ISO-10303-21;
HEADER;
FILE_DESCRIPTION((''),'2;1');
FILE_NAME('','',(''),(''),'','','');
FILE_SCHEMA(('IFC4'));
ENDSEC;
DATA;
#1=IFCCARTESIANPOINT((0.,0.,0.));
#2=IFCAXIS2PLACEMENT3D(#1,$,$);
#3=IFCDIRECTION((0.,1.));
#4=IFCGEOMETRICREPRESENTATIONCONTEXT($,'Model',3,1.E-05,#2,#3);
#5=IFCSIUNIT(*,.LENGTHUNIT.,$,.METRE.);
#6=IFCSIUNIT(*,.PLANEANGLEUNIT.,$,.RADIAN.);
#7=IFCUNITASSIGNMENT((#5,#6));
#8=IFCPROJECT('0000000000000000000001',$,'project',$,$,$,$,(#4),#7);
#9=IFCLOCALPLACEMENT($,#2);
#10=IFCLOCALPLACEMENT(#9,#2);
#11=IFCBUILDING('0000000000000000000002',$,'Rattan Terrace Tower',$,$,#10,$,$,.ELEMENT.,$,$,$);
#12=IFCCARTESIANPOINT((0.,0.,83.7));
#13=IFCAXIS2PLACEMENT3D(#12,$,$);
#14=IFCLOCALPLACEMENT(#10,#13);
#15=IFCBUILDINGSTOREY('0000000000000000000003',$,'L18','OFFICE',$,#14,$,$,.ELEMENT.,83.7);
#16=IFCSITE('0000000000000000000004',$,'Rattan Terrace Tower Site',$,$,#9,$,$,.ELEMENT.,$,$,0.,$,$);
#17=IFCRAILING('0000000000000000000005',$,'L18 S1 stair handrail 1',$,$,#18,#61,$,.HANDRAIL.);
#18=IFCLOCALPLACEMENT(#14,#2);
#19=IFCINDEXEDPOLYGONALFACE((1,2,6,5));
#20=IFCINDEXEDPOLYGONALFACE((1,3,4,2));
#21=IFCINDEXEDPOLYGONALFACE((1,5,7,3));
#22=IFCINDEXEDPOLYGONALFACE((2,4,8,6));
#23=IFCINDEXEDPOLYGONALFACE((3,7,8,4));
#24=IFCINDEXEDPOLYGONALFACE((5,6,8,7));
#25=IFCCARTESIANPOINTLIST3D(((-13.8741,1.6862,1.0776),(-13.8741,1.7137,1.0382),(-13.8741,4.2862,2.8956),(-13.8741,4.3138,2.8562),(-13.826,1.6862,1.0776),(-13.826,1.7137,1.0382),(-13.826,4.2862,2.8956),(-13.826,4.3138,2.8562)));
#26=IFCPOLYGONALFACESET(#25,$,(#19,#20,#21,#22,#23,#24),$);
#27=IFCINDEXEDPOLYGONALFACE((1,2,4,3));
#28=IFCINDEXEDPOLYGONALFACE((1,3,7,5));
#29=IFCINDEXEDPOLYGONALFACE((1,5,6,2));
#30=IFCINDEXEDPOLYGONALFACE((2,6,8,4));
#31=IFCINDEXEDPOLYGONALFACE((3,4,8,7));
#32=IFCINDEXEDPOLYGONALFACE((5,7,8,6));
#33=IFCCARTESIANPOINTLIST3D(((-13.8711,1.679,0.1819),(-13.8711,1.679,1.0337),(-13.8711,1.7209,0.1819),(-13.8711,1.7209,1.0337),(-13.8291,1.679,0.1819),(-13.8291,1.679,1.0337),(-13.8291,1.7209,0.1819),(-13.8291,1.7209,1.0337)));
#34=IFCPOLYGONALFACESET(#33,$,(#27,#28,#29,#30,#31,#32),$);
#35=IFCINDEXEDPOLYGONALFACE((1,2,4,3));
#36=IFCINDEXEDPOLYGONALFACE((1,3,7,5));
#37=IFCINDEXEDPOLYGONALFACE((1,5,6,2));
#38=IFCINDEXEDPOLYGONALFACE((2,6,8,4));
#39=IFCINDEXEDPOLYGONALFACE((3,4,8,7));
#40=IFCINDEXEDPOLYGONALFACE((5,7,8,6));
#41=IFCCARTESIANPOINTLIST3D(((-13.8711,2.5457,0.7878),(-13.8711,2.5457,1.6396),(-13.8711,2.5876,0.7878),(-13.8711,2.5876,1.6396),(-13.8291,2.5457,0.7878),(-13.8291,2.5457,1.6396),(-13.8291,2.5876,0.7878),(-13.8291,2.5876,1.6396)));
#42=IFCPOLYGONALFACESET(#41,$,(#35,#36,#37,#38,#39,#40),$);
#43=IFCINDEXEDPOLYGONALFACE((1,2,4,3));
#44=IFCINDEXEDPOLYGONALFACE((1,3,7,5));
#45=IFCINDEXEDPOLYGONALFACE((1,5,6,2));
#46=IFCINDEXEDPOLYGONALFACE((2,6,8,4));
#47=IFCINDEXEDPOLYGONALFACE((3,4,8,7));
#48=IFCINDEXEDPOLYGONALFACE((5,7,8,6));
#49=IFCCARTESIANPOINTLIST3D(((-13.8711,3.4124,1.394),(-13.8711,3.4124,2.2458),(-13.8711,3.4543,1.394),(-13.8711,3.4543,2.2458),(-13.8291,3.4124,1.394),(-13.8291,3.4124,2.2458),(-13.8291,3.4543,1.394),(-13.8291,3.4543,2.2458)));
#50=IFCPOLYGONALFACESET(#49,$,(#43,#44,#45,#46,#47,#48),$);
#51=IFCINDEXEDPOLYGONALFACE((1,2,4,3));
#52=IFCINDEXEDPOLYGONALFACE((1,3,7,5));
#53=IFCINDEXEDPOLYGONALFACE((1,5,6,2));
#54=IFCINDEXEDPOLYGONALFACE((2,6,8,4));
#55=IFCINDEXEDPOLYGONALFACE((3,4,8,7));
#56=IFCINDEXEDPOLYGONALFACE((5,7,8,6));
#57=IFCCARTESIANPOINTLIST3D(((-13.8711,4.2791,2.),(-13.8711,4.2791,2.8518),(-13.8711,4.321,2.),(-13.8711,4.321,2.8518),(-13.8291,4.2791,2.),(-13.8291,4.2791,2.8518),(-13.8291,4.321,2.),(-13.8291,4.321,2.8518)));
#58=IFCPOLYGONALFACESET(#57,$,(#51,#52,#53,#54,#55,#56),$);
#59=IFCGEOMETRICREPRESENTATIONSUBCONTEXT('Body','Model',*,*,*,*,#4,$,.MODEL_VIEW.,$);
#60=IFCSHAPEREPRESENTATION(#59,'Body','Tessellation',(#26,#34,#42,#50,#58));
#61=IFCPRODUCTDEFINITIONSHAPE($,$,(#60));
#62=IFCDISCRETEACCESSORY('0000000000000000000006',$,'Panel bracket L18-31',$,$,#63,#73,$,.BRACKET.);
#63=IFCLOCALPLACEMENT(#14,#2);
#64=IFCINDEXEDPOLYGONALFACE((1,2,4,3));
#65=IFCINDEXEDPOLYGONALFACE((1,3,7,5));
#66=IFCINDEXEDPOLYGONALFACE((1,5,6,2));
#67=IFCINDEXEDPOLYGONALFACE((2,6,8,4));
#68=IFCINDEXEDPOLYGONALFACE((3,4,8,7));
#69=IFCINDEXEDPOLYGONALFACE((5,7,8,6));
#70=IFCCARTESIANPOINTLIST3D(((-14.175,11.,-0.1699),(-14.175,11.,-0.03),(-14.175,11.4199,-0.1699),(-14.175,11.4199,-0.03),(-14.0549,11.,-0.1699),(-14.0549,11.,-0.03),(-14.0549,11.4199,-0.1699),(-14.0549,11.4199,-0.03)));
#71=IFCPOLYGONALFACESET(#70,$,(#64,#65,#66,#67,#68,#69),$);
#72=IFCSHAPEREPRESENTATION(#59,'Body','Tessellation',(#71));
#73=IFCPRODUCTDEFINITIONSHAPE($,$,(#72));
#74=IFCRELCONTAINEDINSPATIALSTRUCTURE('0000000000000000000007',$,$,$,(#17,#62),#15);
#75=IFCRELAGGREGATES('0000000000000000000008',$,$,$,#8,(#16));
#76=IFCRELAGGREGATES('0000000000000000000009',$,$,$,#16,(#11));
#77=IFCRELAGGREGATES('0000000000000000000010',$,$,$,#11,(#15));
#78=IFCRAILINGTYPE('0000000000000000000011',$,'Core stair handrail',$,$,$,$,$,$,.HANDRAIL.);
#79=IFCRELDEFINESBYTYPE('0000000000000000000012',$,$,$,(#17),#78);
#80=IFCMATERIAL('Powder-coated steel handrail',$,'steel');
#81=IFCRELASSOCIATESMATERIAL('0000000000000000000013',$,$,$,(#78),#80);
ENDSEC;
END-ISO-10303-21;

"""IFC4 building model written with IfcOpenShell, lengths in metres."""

from ifc_helpers import new_model, si_unit, direction, frame, origin, origin_2d, place, context, subcontext, project, spatial, rectangle, extrude, material, type_object, element, save


model = new_model("IFC4")

# Units and contexts
model_context = context("Model", 3, precision=1e-05, world=origin(), true_north=direction((0.0, 1.0)))
body_context = subcontext(model_context, "Body", "Model", "MODEL_VIEW")
ifc_project = project(units=[si_unit("LENGTHUNIT", "METRE"), si_unit("PLANEANGLEUNIT", "RADIAN")], contexts=[model_context])

# Site, building, storey
site_placement = place(None, origin())
site = spatial("IfcSite", under=ifc_project, at=site_placement, Name="Rattan Terrace Tower Site", CompositionType="ELEMENT", RefElevation=0.0)
building_placement = place(site_placement, origin())
building = spatial("IfcBuilding", under=site, at=building_placement, Name="Rattan Terrace Tower", CompositionType="ELEMENT")
storey_placement = place(building_placement, frame((0.0, 0.0, 83.7)))
storey = spatial("IfcBuildingStorey", under=building, at=storey_placement, Name="L18", Description="OFFICE", CompositionType="ELEMENT", Elevation=83.7)

# Railing
ifc_material_1 = material(Name="Powder-coated steel handrail", Category="steel")
railing_type_1 = type_object("IfcRailingType", Name="Core stair handrail", PredefinedType="HANDRAIL", material=ifc_material_1)
railing_1_placement = place(storey_placement, frame((-13.8501, 1.7, 0.1819)))
element("IfcRailing", 1, at=railing_1_placement, inside=storey, type_object=railing_type_1, Name="L18 S1 stair handrail 1", PredefinedType="HANDRAIL", context=body_context, shape_type="SweptSolid", body=[
    extrude(rectangle(XDim=0.0481, YDim=0.0481, at=origin_2d()), frame((0.0, 0.0, 0.876), z_axis=(0.0, 0.819521, 0.573049), x_axis=(-1.0, 0.0, 0.0)), (0.0, 0.0, 1.0), 3.1726),
    extrude(rectangle(XDim=0.042, YDim=0.042, at=origin_2d()), origin(), (0.0, 0.0, 1.0), 0.8518),
    extrude(rectangle(XDim=0.042, YDim=0.042, at=origin_2d()), frame((0.0, 0.8667, 0.606)), (0.0, 0.0, 1.0), 0.8518),
    extrude(rectangle(XDim=0.042, YDim=0.042, at=origin_2d()), frame((0.0, 1.7334, 1.2122)), (0.0, 0.0, 1.0), 0.8518),
    extrude(rectangle(XDim=0.042, YDim=0.042, at=origin_2d()), frame((0.0, 2.6001, 1.8181)), (0.0, 0.0, 1.0), 0.8518),
])

# Discrete accessory
discrete_accessory_placement = place(storey_placement, frame((-14.115, 11.21, -0.1699), z_axis=(0.0, 0.0, 1.0), x_axis=(-1.0, 0.0, 0.0)))
element("IfcDiscreteAccessory", 2, at=discrete_accessory_placement, inside=storey, Name="Panel bracket L18-31", PredefinedType="BRACKET", context=body_context, shape_type="SweptSolid", body=[
    extrude(rectangle(XDim=0.1201, YDim=0.4199, at=origin_2d()), origin(), (0.0, 0.0, 1.0), 0.1399),
])

save(model, "model.ifc")
